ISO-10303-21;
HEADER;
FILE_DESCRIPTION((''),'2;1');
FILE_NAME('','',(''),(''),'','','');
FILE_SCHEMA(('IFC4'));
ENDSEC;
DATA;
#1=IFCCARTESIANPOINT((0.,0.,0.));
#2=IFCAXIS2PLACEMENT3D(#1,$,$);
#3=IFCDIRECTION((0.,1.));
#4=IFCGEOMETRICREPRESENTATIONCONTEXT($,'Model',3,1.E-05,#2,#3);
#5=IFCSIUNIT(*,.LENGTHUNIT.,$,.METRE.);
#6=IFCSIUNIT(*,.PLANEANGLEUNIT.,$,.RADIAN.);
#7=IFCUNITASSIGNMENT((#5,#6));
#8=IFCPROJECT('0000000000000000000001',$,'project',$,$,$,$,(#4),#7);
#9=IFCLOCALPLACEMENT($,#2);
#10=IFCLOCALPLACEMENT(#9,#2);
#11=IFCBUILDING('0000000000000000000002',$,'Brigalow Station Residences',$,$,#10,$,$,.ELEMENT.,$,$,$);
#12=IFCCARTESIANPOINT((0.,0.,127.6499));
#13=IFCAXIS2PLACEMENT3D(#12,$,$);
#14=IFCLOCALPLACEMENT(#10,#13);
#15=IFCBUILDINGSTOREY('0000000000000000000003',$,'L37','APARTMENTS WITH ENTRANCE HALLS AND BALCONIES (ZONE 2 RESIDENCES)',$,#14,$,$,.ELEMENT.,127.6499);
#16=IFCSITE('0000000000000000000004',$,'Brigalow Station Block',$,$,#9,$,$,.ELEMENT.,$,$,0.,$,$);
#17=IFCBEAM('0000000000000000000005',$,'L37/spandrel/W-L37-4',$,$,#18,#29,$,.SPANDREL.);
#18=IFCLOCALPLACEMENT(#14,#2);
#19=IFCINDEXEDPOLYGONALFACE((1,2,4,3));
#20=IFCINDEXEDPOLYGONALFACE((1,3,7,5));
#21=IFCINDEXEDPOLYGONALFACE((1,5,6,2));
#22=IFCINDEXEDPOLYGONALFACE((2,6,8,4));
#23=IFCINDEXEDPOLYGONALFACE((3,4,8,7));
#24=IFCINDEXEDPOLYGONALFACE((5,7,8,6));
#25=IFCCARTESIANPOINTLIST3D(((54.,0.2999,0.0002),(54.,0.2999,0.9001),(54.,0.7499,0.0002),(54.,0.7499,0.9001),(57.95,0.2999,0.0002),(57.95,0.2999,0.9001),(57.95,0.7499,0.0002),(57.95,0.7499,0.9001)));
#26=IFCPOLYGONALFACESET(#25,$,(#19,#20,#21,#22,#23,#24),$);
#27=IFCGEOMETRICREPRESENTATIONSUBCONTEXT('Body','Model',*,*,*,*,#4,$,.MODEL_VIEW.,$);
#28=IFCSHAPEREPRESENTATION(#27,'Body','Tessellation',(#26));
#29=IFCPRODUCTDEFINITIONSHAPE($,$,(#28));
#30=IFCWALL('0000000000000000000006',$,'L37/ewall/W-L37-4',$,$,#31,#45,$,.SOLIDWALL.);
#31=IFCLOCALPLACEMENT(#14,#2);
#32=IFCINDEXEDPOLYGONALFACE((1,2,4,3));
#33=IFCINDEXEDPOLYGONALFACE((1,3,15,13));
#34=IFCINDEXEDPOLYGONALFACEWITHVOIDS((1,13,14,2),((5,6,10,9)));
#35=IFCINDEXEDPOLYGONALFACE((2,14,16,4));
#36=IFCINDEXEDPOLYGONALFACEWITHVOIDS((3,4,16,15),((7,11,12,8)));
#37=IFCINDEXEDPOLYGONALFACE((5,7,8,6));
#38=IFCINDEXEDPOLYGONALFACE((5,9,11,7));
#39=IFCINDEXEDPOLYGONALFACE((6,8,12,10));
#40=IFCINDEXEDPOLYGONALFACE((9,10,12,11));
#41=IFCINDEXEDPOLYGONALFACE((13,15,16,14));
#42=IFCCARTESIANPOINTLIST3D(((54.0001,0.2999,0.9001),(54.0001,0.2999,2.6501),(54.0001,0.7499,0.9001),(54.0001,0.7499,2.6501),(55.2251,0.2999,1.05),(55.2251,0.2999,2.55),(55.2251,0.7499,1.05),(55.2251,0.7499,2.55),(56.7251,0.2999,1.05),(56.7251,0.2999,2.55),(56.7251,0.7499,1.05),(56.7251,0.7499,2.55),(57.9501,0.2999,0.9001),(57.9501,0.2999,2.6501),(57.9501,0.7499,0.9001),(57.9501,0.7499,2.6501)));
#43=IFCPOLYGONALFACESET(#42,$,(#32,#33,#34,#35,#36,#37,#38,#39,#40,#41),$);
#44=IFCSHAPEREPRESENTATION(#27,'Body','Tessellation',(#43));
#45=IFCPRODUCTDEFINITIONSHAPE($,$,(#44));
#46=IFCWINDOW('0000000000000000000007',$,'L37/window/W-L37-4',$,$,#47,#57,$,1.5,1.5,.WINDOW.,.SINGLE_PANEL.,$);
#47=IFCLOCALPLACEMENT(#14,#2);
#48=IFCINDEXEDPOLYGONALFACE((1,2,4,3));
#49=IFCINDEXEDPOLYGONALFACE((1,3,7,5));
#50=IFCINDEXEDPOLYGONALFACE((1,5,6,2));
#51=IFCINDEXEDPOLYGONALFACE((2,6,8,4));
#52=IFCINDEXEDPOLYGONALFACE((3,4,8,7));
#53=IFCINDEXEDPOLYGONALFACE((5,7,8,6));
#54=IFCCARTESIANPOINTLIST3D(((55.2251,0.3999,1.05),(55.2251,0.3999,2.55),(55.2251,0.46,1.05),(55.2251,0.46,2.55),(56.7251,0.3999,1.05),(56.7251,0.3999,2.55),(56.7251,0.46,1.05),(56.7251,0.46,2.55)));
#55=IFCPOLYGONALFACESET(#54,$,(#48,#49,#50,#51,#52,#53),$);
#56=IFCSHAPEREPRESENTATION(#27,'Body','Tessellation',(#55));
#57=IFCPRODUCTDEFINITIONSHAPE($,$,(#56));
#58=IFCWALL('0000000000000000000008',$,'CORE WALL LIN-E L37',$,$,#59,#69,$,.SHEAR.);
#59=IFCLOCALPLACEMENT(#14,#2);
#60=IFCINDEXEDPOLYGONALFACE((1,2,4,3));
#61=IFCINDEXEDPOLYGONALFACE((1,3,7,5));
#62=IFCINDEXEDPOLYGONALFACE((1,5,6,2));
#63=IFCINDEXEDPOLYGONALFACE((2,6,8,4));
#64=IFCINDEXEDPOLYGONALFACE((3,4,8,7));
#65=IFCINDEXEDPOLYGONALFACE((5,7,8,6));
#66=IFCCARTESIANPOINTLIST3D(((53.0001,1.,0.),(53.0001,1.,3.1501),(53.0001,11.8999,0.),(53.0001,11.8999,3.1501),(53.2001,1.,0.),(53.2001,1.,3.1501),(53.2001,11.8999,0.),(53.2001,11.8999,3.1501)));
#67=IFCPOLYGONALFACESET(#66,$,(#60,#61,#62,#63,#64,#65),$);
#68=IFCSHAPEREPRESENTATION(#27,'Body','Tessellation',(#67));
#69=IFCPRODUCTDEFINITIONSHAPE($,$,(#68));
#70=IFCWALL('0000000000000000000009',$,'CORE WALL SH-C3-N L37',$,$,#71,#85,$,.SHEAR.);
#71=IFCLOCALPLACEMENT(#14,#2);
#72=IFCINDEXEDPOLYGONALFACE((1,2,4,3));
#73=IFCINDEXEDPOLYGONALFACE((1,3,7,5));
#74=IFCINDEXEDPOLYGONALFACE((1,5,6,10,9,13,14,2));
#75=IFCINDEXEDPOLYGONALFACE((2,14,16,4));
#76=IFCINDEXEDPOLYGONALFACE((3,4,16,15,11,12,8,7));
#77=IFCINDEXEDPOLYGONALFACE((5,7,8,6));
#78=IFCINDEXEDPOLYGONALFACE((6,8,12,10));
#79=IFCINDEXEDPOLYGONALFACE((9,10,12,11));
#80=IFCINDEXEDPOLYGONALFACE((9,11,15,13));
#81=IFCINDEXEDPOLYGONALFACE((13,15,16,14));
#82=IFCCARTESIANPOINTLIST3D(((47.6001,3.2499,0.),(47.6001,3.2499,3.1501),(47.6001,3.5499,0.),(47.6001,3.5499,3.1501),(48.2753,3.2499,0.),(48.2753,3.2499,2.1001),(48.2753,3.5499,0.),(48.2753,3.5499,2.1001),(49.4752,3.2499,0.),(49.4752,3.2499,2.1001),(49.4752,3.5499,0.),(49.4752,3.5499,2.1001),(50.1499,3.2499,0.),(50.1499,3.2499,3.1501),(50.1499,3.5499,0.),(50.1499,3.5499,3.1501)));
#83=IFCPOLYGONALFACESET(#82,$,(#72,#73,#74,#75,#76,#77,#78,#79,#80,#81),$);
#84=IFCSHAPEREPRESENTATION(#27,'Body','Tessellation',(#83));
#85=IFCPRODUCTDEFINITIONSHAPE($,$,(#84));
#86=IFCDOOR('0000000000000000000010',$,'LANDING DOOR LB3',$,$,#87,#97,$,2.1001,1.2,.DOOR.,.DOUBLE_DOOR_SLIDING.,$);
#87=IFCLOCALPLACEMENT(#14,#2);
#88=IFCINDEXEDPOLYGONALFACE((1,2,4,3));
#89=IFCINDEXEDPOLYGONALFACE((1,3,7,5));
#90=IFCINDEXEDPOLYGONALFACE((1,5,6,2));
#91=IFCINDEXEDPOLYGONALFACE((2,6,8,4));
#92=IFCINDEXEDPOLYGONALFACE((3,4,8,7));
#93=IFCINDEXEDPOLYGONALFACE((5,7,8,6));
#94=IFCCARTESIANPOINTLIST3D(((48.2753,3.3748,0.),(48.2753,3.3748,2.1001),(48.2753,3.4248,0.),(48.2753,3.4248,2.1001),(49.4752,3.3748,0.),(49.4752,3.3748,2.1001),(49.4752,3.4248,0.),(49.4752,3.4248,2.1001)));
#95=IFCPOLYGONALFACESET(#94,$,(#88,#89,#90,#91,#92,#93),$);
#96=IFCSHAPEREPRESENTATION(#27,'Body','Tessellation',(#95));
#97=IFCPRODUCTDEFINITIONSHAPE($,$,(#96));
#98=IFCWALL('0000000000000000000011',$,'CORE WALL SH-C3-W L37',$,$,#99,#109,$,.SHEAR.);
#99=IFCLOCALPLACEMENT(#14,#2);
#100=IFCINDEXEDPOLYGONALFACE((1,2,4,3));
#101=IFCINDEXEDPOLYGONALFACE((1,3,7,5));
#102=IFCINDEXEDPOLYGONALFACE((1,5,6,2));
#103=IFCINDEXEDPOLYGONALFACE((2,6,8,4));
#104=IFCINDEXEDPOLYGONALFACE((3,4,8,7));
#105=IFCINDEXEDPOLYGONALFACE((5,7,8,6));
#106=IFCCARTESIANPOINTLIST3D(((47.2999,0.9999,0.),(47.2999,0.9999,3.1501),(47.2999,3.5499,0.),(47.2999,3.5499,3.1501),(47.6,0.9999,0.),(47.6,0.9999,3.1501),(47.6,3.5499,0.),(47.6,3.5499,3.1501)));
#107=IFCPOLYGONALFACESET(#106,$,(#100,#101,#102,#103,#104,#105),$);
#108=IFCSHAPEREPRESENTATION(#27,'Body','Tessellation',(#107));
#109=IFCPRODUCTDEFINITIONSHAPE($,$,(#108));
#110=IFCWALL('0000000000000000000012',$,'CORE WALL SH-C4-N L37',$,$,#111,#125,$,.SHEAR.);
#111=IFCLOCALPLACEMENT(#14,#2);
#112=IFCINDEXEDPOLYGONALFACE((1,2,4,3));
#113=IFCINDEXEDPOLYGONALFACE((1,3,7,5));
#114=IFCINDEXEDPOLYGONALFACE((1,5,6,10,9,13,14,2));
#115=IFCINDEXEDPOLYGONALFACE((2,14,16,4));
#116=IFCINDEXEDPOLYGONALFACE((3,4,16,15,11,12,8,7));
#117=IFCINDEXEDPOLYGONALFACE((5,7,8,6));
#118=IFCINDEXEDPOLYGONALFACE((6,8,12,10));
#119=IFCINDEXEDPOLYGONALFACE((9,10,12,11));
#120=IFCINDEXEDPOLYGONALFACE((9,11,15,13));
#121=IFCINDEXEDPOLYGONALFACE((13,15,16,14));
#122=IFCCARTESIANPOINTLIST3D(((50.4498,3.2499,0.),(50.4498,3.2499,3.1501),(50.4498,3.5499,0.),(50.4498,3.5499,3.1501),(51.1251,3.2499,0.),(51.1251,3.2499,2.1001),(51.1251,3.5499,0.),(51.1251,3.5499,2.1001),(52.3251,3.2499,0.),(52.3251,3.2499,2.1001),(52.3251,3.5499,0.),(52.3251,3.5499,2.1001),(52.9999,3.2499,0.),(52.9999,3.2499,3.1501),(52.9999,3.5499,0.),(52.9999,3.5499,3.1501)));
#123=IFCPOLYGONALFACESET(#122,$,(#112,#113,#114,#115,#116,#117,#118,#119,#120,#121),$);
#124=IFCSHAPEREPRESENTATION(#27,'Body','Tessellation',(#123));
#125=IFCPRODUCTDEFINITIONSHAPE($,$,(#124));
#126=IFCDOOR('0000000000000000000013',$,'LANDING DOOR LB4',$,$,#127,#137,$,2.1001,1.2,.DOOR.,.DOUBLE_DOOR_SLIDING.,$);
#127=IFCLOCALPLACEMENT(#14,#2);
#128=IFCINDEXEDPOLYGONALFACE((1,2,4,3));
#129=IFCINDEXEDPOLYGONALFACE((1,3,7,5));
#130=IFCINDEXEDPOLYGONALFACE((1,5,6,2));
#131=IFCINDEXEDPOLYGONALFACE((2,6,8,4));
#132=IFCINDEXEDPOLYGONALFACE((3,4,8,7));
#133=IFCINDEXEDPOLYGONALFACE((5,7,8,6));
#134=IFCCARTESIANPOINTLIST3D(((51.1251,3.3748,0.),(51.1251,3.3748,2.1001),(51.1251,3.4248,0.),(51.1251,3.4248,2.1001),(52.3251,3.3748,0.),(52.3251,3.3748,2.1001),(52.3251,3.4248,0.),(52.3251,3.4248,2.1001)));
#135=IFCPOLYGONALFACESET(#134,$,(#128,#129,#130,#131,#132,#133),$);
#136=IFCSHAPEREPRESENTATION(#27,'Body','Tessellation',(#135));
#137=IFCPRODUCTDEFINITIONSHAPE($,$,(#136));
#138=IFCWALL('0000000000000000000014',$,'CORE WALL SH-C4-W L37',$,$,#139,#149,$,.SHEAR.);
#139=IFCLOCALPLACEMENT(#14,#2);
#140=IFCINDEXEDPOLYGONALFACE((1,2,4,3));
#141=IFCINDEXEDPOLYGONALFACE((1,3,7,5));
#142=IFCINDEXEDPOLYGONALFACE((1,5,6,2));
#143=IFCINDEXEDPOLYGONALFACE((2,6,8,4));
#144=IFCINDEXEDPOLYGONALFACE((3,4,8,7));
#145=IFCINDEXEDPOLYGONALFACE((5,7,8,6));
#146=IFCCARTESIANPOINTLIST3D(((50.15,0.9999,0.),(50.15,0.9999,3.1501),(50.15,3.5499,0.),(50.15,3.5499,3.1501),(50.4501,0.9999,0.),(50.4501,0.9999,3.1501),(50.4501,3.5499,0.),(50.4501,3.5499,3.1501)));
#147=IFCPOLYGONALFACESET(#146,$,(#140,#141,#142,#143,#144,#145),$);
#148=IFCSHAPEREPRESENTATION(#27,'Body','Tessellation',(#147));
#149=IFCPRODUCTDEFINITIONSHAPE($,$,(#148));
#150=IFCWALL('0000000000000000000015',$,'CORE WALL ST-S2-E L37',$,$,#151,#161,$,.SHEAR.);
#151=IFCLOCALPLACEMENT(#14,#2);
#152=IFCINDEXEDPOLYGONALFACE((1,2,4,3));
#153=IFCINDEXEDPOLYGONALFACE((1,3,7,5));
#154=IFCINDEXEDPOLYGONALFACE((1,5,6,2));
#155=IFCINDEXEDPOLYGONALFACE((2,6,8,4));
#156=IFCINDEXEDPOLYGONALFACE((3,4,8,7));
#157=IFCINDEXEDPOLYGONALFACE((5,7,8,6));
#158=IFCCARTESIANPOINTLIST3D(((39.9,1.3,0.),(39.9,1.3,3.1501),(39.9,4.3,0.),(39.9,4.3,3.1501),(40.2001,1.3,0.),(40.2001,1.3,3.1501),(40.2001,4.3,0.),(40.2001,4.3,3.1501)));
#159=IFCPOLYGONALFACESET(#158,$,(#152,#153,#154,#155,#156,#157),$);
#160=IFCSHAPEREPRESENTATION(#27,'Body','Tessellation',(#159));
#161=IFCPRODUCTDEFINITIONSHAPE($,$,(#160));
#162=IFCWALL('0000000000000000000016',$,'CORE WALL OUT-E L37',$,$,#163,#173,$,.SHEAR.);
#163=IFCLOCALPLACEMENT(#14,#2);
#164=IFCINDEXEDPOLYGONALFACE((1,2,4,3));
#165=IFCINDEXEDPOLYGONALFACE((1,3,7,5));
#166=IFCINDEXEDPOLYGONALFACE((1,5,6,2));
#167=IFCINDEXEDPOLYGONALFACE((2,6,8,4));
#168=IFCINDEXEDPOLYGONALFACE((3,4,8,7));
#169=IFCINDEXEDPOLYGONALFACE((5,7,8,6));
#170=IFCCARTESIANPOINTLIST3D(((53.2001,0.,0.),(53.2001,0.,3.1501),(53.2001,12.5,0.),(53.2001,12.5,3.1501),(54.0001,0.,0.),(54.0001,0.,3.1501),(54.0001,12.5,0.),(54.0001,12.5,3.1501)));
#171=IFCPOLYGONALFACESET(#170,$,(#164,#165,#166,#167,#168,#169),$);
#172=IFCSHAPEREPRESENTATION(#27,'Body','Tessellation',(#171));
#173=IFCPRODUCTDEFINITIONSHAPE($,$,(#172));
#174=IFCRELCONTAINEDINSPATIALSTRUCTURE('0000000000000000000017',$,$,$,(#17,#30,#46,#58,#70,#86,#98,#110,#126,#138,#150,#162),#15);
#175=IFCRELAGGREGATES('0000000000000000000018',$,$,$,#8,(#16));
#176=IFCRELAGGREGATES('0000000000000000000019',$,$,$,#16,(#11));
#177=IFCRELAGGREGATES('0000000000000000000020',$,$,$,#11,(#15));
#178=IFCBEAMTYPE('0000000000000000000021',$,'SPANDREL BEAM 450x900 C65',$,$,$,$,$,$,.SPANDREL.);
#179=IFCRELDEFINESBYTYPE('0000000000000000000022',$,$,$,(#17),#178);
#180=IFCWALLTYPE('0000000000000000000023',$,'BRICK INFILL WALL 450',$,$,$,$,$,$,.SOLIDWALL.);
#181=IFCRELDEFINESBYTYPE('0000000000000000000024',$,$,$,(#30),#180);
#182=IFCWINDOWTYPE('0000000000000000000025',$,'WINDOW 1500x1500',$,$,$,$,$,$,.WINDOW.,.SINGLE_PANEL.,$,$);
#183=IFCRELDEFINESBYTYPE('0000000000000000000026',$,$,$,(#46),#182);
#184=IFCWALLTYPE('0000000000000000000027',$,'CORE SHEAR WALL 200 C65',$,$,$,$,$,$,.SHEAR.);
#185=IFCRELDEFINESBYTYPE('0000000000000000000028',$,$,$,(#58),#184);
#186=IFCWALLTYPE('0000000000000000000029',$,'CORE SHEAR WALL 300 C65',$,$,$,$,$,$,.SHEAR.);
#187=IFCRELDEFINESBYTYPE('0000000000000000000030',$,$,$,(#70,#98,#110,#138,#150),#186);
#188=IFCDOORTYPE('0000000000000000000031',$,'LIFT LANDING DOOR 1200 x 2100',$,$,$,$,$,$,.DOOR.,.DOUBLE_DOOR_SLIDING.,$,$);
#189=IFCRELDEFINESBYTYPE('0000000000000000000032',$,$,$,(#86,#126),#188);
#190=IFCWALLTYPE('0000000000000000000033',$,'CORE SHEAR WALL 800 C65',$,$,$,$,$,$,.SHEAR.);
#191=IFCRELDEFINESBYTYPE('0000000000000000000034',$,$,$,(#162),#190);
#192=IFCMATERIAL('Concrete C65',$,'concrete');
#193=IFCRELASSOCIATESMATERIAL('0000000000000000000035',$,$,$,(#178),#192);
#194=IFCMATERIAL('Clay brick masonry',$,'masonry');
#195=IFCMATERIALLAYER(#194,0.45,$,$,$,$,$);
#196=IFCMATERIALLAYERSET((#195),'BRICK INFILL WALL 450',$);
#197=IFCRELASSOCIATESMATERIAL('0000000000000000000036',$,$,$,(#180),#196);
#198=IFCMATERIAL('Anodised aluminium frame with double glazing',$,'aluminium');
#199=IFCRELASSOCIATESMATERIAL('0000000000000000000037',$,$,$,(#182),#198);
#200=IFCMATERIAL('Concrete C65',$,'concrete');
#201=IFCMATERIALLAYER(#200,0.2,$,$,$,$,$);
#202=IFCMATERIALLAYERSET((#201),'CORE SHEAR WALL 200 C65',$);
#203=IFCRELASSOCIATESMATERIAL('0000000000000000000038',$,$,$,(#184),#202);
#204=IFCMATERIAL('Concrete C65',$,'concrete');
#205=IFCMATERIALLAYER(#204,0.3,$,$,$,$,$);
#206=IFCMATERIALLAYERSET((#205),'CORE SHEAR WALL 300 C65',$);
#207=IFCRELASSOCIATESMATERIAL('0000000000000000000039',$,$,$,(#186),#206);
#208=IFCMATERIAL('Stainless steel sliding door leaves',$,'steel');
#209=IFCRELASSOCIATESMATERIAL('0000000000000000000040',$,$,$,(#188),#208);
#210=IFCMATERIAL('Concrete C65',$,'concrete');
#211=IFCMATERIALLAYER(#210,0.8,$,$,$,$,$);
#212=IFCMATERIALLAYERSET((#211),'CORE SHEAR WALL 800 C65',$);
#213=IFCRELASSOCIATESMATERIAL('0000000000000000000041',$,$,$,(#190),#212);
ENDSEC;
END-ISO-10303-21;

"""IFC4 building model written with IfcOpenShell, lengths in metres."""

from ifc_helpers import new_model, si_unit, direction, frame, frame_2d, origin, origin_2d, place, context, subcontext, project, spatial, rectangle, extrude, material, layer, layer_set, material_profile, profile_set, type_object, element, fill, save


model = new_model("IFC4")

# Units and contexts
model_context = context("Model", 3, precision=1e-05, world=origin(), true_north=direction((0.0, 1.0)))
body_context = subcontext(model_context, "Body", "Model", "MODEL_VIEW")
ifc_project = project(units=[si_unit("LENGTHUNIT", "METRE"), si_unit("PLANEANGLEUNIT", "RADIAN")], contexts=[model_context])

# Site, building, storey
site_placement = place(None, origin())
site = spatial("IfcSite", under=ifc_project, at=site_placement, Name="Brigalow Station Block", CompositionType="ELEMENT", RefElevation=0.0)
building_placement = place(site_placement, origin())
building = spatial("IfcBuilding", under=site, at=building_placement, Name="Brigalow Station Residences", CompositionType="ELEMENT")
storey_placement = place(building_placement, frame((0.0, 0.0, 127.6499)))
storey = spatial("IfcBuildingStorey", under=building, at=storey_placement, Name="L37", Description="APARTMENTS WITH ENTRANCE HALLS AND BALCONIES (ZONE 2 RESIDENCES)", CompositionType="ELEMENT", Elevation=127.6499)

# Beam
ifc_material_1 = material(Name="Concrete C65", Category="concrete")
ifc_material_profile = material_profile(ifc_material_1, rectangle(XDim=0.45, YDim=0.8999, at=origin_2d()), Name="RC450x900")
ifc_profile_set = profile_set([ifc_material_profile], Name="Concrete C65")
beam_type = type_object("IfcBeamType", Name="SPANDREL BEAM 450x900 C65", PredefinedType="SPANDREL", material=ifc_profile_set)
beam_placement = place(storey_placement, frame((54.0, 0.5249, 0.4502), z_axis=(1.0, 0.0, 0.0), x_axis=(0.0, 1.0, 0.0)))
element("IfcBeam", 1, at=beam_placement, inside=storey, type_object=beam_type, Name="L37/spandrel/W-L37-4", PredefinedType="SPANDREL", context=body_context, shape_type="SweptSolid", body=[
    extrude(rectangle(XDim=0.45, YDim=0.8999, at=origin_2d()), origin(), (0.0, 0.0, 1.0), 3.95),
])

# Wall, opening, window
ifc_material_2 = material(Name="Clay brick masonry", Category="masonry")
ifc_layer_1 = layer(ifc_material_2, 0.45)
ifc_layer_set_1 = layer_set([ifc_layer_1], Name="BRICK INFILL WALL 450")
wall_type_1 = type_object("IfcWallType", Name="BRICK INFILL WALL 450", PredefinedType="SOLIDWALL", material=ifc_layer_set_1)
wall_1_placement = place(storey_placement, frame((54.0, 0.5249, 0.9001), z_axis=(0.0, 0.0, 1.0), x_axis=(1.0, 0.0, 0.0)))
wall_1 = element("IfcWall", 2, at=wall_1_placement, inside=storey, type_object=wall_type_1, Name="L37/ewall/W-L37-4", PredefinedType="SOLIDWALL", context=body_context, shape_type="SweptSolid", body=[
    extrude(rectangle(XDim=3.95, YDim=0.45, at=frame_2d((1.9751, 0.0))), origin(), (0.0, 0.0, 1.0), 1.75),
])
opening_1_placement = place(wall_1_placement, frame((1.2251, 0.0, 0.1499)))
opening_1 = element("IfcOpeningElement", 3, at=opening_1_placement, cuts=wall_1, PredefinedType="OPENING", context=body_context, shape_type="SweptSolid", body=[
    extrude(rectangle(XDim=1.5, YDim=1.5, at=frame_2d((0.75, 0.75))), frame((0.0, 0.2349, 0.0), z_axis=(0.0, -1.0, 0.0), x_axis=(1.0, 0.0, 0.0)), (0.0, 0.0, 1.0), 0.47),
])
ifc_material_3 = material(Name="Anodised aluminium frame with double glazing", Category="aluminium")
window_type = type_object("IfcWindowType", Name="WINDOW 1500x1500", PartitioningType="SINGLE_PANEL", PredefinedType="WINDOW", material=ifc_material_3)
window_placement = place(opening_1_placement, origin())
window = element("IfcWindow", 4, at=window_placement, inside=storey, type_object=window_type, Name="L37/window/W-L37-4", OverallHeight=1.5, OverallWidth=1.5, PartitioningType="SINGLE_PANEL", PredefinedType="WINDOW", context=body_context, shape_type="SweptSolid", body=[
    extrude(rectangle(XDim=1.5, YDim=1.5, at=frame_2d((0.75, 0.75))), frame((0.0, -0.0649, 0.0), z_axis=(0.0, -1.0, 0.0), x_axis=(1.0, 0.0, 0.0)), (0.0, 0.0, 1.0), 0.0601),
])
fill(opening_1, window)

# Wall
ifc_material_4 = material(Name="Concrete C65", Category="concrete")
ifc_layer_2 = layer(ifc_material_4, 0.2)
ifc_layer_set_2 = layer_set([ifc_layer_2], Name="CORE SHEAR WALL 200 C65")
wall_type_2 = type_object("IfcWallType", Name="CORE SHEAR WALL 200 C65", PredefinedType="SHEAR", material=ifc_layer_set_2)
wall_2_placement = place(storey_placement, frame((53.1001, 1.0, 0.0), z_axis=(0.0, 0.0, 1.0), x_axis=(0.0, 1.0, 0.0)))
element("IfcWall", 5, at=wall_2_placement, inside=storey, type_object=wall_type_2, Name="CORE WALL LIN-E L37", PredefinedType="SHEAR", context=body_context, shape_type="SweptSolid", body=[
    extrude(rectangle(XDim=10.8999, YDim=0.2, at=frame_2d((5.45, 0.0))), origin(), (0.0, 0.0, 1.0), 3.1501),
])

# Wall, opening, door
ifc_material_5 = material(Name="Concrete C65", Category="concrete")
ifc_layer_3 = layer(ifc_material_5, 0.3)
ifc_layer_set_3 = layer_set([ifc_layer_3], Name="CORE SHEAR WALL 300 C65")
wall_type_3 = type_object("IfcWallType", Name="CORE SHEAR WALL 300 C65", PredefinedType="SHEAR", material=ifc_layer_set_3)
wall_3_placement = place(storey_placement, frame((47.6001, 3.3999, 0.0), z_axis=(0.0, 0.0, 1.0), x_axis=(1.0, 0.0, 0.0)))
wall_3 = element("IfcWall", 6, at=wall_3_placement, inside=storey, type_object=wall_type_3, Name="CORE WALL SH-C3-N L37", PredefinedType="SHEAR", context=body_context, shape_type="SweptSolid", body=[
    extrude(rectangle(XDim=2.5498, YDim=0.3, at=frame_2d((1.2749, 0.0))), origin(), (0.0, 0.0, 1.0), 3.1501),
])
opening_2_placement = place(wall_3_placement, frame((0.675, 0.0, 0.0)))
opening_2 = element("IfcOpeningElement", 7, at=opening_2_placement, cuts=wall_3, PredefinedType="OPENING", context=body_context, shape_type="SweptSolid", body=[
    extrude(rectangle(XDim=1.2, YDim=2.1001, at=frame_2d((0.6001, 1.05))), frame((0.0, 0.1602, 0.0), z_axis=(0.0, -1.0, 0.0), x_axis=(1.0, 0.0, 0.0)), (0.0, 0.0, 1.0), 0.3201),
])
ifc_material_6 = material(Name="Stainless steel sliding door leaves", Category="steel")
door_type_1 = type_object("IfcDoorType", Name="LIFT LANDING DOOR 1200 x 2100", OperationType="DOUBLE_DOOR_SLIDING", PredefinedType="DOOR", material=ifc_material_6)
door_1_placement = place(opening_2_placement, origin())
door_1 = element("IfcDoor", 8, at=door_1_placement, inside=storey, type_object=door_type_1, Name="LANDING DOOR LB3", OperationType="DOUBLE_DOOR_SLIDING", OverallHeight=2.1001, OverallWidth=1.2, PredefinedType="DOOR", context=body_context, shape_type="SweptSolid", body=[
    extrude(rectangle(XDim=1.2, YDim=2.1001, at=frame_2d((0.6001, 1.05))), frame((0.0, 0.0249, 0.0), z_axis=(0.0, -1.0, 0.0), x_axis=(1.0, 0.0, 0.0)), (0.0, 0.0, 1.0), 0.05),
])
fill(opening_2, door_1)

# Wall
wall_4_placement = place(storey_placement, frame((47.45, 1.0, 0.0), z_axis=(0.0, 0.0, 1.0), x_axis=(0.0, 1.0, 0.0)))
element("IfcWall", 9, at=wall_4_placement, inside=storey, type_object=wall_type_3, Name="CORE WALL SH-C3-W L37", PredefinedType="SHEAR", context=body_context, shape_type="SweptSolid", body=[
    extrude(rectangle(XDim=2.55, YDim=0.3, at=frame_2d((1.2749, 0.0))), origin(), (0.0, 0.0, 1.0), 3.1501),
])

# Wall, opening, door
wall_5_placement = place(storey_placement, frame((50.45, 3.3999, 0.0), z_axis=(0.0, 0.0, 1.0), x_axis=(1.0, 0.0, 0.0)))
wall_5 = element("IfcWall", 10, at=wall_5_placement, inside=storey, type_object=wall_type_3, Name="CORE WALL SH-C4-N L37", PredefinedType="SHEAR", context=body_context, shape_type="SweptSolid", body=[
    extrude(rectangle(XDim=2.55, YDim=0.3, at=frame_2d((1.2749, 0.0))), origin(), (0.0, 0.0, 1.0), 3.1501),
])
opening_3_placement = place(wall_5_placement, frame((0.675, 0.0, 0.0)))
opening_3 = element("IfcOpeningElement", 11, at=opening_3_placement, cuts=wall_5, PredefinedType="OPENING", context=body_context, shape_type="SweptSolid", body=[
    extrude(rectangle(XDim=1.2, YDim=2.1001, at=frame_2d((0.6001, 1.05))), frame((0.0, 0.1602, 0.0), z_axis=(0.0, -1.0, 0.0), x_axis=(1.0, 0.0, 0.0)), (0.0, 0.0, 1.0), 0.3201),
])
door_2_placement = place(opening_3_placement, origin())
door_2 = element("IfcDoor", 12, at=door_2_placement, inside=storey, type_object=door_type_1, Name="LANDING DOOR LB4", OperationType="DOUBLE_DOOR_SLIDING", OverallHeight=2.1001, OverallWidth=1.2, PredefinedType="DOOR", context=body_context, shape_type="SweptSolid", body=[
    extrude(rectangle(XDim=1.2, YDim=2.1001, at=frame_2d((0.6001, 1.05))), frame((0.0, 0.0249, 0.0), z_axis=(0.0, -1.0, 0.0), x_axis=(1.0, 0.0, 0.0)), (0.0, 0.0, 1.0), 0.05),
])
fill(opening_3, door_2)

# Walls
wall_6_placement = place(storey_placement, frame((50.3, 1.0, 0.0), z_axis=(0.0, 0.0, 1.0), x_axis=(0.0, 1.0, 0.0)))
element("IfcWall", 13, at=wall_6_placement, inside=storey, type_object=wall_type_3, Name="CORE WALL SH-C4-W L37", PredefinedType="SHEAR", context=body_context, shape_type="SweptSolid", body=[
    extrude(rectangle(XDim=2.55, YDim=0.3, at=frame_2d((1.2749, 0.0))), origin(), (0.0, 0.0, 1.0), 3.1501),
])
wall_7_placement = place(storey_placement, frame((40.05, 1.3, 0.0), z_axis=(0.0, 0.0, 1.0), x_axis=(0.0, 1.0, 0.0)))
element("IfcWall", 14, at=wall_7_placement, inside=storey, type_object=wall_type_3, Name="CORE WALL ST-S2-E L37", PredefinedType="SHEAR", context=body_context, shape_type="SweptSolid", body=[
    extrude(rectangle(XDim=3.0, YDim=0.3, at=frame_2d((1.5, 0.0))), origin(), (0.0, 0.0, 1.0), 3.1501),
])
ifc_material_7 = material(Name="Concrete C65", Category="concrete")
ifc_layer_4 = layer(ifc_material_7, 0.8)
ifc_layer_set_4 = layer_set([ifc_layer_4], Name="CORE SHEAR WALL 800 C65")
wall_type_4 = type_object("IfcWallType", Name="CORE SHEAR WALL 800 C65", PredefinedType="SHEAR", material=ifc_layer_set_4)
wall_8_placement = place(storey_placement, frame((53.6001, 0.0, 0.0), z_axis=(0.0, 0.0, 1.0), x_axis=(0.0, 1.0, 0.0)))
element("IfcWall", 15, at=wall_8_placement, inside=storey, type_object=wall_type_4, Name="CORE WALL OUT-E L37", PredefinedType="SHEAR", context=body_context, shape_type="SweptSolid", body=[
    extrude(rectangle(XDim=12.5, YDim=0.8, at=frame_2d((6.25, 0.0))), origin(), (0.0, 0.0, 1.0), 3.1501),
])

save(model, "model.ifc")
